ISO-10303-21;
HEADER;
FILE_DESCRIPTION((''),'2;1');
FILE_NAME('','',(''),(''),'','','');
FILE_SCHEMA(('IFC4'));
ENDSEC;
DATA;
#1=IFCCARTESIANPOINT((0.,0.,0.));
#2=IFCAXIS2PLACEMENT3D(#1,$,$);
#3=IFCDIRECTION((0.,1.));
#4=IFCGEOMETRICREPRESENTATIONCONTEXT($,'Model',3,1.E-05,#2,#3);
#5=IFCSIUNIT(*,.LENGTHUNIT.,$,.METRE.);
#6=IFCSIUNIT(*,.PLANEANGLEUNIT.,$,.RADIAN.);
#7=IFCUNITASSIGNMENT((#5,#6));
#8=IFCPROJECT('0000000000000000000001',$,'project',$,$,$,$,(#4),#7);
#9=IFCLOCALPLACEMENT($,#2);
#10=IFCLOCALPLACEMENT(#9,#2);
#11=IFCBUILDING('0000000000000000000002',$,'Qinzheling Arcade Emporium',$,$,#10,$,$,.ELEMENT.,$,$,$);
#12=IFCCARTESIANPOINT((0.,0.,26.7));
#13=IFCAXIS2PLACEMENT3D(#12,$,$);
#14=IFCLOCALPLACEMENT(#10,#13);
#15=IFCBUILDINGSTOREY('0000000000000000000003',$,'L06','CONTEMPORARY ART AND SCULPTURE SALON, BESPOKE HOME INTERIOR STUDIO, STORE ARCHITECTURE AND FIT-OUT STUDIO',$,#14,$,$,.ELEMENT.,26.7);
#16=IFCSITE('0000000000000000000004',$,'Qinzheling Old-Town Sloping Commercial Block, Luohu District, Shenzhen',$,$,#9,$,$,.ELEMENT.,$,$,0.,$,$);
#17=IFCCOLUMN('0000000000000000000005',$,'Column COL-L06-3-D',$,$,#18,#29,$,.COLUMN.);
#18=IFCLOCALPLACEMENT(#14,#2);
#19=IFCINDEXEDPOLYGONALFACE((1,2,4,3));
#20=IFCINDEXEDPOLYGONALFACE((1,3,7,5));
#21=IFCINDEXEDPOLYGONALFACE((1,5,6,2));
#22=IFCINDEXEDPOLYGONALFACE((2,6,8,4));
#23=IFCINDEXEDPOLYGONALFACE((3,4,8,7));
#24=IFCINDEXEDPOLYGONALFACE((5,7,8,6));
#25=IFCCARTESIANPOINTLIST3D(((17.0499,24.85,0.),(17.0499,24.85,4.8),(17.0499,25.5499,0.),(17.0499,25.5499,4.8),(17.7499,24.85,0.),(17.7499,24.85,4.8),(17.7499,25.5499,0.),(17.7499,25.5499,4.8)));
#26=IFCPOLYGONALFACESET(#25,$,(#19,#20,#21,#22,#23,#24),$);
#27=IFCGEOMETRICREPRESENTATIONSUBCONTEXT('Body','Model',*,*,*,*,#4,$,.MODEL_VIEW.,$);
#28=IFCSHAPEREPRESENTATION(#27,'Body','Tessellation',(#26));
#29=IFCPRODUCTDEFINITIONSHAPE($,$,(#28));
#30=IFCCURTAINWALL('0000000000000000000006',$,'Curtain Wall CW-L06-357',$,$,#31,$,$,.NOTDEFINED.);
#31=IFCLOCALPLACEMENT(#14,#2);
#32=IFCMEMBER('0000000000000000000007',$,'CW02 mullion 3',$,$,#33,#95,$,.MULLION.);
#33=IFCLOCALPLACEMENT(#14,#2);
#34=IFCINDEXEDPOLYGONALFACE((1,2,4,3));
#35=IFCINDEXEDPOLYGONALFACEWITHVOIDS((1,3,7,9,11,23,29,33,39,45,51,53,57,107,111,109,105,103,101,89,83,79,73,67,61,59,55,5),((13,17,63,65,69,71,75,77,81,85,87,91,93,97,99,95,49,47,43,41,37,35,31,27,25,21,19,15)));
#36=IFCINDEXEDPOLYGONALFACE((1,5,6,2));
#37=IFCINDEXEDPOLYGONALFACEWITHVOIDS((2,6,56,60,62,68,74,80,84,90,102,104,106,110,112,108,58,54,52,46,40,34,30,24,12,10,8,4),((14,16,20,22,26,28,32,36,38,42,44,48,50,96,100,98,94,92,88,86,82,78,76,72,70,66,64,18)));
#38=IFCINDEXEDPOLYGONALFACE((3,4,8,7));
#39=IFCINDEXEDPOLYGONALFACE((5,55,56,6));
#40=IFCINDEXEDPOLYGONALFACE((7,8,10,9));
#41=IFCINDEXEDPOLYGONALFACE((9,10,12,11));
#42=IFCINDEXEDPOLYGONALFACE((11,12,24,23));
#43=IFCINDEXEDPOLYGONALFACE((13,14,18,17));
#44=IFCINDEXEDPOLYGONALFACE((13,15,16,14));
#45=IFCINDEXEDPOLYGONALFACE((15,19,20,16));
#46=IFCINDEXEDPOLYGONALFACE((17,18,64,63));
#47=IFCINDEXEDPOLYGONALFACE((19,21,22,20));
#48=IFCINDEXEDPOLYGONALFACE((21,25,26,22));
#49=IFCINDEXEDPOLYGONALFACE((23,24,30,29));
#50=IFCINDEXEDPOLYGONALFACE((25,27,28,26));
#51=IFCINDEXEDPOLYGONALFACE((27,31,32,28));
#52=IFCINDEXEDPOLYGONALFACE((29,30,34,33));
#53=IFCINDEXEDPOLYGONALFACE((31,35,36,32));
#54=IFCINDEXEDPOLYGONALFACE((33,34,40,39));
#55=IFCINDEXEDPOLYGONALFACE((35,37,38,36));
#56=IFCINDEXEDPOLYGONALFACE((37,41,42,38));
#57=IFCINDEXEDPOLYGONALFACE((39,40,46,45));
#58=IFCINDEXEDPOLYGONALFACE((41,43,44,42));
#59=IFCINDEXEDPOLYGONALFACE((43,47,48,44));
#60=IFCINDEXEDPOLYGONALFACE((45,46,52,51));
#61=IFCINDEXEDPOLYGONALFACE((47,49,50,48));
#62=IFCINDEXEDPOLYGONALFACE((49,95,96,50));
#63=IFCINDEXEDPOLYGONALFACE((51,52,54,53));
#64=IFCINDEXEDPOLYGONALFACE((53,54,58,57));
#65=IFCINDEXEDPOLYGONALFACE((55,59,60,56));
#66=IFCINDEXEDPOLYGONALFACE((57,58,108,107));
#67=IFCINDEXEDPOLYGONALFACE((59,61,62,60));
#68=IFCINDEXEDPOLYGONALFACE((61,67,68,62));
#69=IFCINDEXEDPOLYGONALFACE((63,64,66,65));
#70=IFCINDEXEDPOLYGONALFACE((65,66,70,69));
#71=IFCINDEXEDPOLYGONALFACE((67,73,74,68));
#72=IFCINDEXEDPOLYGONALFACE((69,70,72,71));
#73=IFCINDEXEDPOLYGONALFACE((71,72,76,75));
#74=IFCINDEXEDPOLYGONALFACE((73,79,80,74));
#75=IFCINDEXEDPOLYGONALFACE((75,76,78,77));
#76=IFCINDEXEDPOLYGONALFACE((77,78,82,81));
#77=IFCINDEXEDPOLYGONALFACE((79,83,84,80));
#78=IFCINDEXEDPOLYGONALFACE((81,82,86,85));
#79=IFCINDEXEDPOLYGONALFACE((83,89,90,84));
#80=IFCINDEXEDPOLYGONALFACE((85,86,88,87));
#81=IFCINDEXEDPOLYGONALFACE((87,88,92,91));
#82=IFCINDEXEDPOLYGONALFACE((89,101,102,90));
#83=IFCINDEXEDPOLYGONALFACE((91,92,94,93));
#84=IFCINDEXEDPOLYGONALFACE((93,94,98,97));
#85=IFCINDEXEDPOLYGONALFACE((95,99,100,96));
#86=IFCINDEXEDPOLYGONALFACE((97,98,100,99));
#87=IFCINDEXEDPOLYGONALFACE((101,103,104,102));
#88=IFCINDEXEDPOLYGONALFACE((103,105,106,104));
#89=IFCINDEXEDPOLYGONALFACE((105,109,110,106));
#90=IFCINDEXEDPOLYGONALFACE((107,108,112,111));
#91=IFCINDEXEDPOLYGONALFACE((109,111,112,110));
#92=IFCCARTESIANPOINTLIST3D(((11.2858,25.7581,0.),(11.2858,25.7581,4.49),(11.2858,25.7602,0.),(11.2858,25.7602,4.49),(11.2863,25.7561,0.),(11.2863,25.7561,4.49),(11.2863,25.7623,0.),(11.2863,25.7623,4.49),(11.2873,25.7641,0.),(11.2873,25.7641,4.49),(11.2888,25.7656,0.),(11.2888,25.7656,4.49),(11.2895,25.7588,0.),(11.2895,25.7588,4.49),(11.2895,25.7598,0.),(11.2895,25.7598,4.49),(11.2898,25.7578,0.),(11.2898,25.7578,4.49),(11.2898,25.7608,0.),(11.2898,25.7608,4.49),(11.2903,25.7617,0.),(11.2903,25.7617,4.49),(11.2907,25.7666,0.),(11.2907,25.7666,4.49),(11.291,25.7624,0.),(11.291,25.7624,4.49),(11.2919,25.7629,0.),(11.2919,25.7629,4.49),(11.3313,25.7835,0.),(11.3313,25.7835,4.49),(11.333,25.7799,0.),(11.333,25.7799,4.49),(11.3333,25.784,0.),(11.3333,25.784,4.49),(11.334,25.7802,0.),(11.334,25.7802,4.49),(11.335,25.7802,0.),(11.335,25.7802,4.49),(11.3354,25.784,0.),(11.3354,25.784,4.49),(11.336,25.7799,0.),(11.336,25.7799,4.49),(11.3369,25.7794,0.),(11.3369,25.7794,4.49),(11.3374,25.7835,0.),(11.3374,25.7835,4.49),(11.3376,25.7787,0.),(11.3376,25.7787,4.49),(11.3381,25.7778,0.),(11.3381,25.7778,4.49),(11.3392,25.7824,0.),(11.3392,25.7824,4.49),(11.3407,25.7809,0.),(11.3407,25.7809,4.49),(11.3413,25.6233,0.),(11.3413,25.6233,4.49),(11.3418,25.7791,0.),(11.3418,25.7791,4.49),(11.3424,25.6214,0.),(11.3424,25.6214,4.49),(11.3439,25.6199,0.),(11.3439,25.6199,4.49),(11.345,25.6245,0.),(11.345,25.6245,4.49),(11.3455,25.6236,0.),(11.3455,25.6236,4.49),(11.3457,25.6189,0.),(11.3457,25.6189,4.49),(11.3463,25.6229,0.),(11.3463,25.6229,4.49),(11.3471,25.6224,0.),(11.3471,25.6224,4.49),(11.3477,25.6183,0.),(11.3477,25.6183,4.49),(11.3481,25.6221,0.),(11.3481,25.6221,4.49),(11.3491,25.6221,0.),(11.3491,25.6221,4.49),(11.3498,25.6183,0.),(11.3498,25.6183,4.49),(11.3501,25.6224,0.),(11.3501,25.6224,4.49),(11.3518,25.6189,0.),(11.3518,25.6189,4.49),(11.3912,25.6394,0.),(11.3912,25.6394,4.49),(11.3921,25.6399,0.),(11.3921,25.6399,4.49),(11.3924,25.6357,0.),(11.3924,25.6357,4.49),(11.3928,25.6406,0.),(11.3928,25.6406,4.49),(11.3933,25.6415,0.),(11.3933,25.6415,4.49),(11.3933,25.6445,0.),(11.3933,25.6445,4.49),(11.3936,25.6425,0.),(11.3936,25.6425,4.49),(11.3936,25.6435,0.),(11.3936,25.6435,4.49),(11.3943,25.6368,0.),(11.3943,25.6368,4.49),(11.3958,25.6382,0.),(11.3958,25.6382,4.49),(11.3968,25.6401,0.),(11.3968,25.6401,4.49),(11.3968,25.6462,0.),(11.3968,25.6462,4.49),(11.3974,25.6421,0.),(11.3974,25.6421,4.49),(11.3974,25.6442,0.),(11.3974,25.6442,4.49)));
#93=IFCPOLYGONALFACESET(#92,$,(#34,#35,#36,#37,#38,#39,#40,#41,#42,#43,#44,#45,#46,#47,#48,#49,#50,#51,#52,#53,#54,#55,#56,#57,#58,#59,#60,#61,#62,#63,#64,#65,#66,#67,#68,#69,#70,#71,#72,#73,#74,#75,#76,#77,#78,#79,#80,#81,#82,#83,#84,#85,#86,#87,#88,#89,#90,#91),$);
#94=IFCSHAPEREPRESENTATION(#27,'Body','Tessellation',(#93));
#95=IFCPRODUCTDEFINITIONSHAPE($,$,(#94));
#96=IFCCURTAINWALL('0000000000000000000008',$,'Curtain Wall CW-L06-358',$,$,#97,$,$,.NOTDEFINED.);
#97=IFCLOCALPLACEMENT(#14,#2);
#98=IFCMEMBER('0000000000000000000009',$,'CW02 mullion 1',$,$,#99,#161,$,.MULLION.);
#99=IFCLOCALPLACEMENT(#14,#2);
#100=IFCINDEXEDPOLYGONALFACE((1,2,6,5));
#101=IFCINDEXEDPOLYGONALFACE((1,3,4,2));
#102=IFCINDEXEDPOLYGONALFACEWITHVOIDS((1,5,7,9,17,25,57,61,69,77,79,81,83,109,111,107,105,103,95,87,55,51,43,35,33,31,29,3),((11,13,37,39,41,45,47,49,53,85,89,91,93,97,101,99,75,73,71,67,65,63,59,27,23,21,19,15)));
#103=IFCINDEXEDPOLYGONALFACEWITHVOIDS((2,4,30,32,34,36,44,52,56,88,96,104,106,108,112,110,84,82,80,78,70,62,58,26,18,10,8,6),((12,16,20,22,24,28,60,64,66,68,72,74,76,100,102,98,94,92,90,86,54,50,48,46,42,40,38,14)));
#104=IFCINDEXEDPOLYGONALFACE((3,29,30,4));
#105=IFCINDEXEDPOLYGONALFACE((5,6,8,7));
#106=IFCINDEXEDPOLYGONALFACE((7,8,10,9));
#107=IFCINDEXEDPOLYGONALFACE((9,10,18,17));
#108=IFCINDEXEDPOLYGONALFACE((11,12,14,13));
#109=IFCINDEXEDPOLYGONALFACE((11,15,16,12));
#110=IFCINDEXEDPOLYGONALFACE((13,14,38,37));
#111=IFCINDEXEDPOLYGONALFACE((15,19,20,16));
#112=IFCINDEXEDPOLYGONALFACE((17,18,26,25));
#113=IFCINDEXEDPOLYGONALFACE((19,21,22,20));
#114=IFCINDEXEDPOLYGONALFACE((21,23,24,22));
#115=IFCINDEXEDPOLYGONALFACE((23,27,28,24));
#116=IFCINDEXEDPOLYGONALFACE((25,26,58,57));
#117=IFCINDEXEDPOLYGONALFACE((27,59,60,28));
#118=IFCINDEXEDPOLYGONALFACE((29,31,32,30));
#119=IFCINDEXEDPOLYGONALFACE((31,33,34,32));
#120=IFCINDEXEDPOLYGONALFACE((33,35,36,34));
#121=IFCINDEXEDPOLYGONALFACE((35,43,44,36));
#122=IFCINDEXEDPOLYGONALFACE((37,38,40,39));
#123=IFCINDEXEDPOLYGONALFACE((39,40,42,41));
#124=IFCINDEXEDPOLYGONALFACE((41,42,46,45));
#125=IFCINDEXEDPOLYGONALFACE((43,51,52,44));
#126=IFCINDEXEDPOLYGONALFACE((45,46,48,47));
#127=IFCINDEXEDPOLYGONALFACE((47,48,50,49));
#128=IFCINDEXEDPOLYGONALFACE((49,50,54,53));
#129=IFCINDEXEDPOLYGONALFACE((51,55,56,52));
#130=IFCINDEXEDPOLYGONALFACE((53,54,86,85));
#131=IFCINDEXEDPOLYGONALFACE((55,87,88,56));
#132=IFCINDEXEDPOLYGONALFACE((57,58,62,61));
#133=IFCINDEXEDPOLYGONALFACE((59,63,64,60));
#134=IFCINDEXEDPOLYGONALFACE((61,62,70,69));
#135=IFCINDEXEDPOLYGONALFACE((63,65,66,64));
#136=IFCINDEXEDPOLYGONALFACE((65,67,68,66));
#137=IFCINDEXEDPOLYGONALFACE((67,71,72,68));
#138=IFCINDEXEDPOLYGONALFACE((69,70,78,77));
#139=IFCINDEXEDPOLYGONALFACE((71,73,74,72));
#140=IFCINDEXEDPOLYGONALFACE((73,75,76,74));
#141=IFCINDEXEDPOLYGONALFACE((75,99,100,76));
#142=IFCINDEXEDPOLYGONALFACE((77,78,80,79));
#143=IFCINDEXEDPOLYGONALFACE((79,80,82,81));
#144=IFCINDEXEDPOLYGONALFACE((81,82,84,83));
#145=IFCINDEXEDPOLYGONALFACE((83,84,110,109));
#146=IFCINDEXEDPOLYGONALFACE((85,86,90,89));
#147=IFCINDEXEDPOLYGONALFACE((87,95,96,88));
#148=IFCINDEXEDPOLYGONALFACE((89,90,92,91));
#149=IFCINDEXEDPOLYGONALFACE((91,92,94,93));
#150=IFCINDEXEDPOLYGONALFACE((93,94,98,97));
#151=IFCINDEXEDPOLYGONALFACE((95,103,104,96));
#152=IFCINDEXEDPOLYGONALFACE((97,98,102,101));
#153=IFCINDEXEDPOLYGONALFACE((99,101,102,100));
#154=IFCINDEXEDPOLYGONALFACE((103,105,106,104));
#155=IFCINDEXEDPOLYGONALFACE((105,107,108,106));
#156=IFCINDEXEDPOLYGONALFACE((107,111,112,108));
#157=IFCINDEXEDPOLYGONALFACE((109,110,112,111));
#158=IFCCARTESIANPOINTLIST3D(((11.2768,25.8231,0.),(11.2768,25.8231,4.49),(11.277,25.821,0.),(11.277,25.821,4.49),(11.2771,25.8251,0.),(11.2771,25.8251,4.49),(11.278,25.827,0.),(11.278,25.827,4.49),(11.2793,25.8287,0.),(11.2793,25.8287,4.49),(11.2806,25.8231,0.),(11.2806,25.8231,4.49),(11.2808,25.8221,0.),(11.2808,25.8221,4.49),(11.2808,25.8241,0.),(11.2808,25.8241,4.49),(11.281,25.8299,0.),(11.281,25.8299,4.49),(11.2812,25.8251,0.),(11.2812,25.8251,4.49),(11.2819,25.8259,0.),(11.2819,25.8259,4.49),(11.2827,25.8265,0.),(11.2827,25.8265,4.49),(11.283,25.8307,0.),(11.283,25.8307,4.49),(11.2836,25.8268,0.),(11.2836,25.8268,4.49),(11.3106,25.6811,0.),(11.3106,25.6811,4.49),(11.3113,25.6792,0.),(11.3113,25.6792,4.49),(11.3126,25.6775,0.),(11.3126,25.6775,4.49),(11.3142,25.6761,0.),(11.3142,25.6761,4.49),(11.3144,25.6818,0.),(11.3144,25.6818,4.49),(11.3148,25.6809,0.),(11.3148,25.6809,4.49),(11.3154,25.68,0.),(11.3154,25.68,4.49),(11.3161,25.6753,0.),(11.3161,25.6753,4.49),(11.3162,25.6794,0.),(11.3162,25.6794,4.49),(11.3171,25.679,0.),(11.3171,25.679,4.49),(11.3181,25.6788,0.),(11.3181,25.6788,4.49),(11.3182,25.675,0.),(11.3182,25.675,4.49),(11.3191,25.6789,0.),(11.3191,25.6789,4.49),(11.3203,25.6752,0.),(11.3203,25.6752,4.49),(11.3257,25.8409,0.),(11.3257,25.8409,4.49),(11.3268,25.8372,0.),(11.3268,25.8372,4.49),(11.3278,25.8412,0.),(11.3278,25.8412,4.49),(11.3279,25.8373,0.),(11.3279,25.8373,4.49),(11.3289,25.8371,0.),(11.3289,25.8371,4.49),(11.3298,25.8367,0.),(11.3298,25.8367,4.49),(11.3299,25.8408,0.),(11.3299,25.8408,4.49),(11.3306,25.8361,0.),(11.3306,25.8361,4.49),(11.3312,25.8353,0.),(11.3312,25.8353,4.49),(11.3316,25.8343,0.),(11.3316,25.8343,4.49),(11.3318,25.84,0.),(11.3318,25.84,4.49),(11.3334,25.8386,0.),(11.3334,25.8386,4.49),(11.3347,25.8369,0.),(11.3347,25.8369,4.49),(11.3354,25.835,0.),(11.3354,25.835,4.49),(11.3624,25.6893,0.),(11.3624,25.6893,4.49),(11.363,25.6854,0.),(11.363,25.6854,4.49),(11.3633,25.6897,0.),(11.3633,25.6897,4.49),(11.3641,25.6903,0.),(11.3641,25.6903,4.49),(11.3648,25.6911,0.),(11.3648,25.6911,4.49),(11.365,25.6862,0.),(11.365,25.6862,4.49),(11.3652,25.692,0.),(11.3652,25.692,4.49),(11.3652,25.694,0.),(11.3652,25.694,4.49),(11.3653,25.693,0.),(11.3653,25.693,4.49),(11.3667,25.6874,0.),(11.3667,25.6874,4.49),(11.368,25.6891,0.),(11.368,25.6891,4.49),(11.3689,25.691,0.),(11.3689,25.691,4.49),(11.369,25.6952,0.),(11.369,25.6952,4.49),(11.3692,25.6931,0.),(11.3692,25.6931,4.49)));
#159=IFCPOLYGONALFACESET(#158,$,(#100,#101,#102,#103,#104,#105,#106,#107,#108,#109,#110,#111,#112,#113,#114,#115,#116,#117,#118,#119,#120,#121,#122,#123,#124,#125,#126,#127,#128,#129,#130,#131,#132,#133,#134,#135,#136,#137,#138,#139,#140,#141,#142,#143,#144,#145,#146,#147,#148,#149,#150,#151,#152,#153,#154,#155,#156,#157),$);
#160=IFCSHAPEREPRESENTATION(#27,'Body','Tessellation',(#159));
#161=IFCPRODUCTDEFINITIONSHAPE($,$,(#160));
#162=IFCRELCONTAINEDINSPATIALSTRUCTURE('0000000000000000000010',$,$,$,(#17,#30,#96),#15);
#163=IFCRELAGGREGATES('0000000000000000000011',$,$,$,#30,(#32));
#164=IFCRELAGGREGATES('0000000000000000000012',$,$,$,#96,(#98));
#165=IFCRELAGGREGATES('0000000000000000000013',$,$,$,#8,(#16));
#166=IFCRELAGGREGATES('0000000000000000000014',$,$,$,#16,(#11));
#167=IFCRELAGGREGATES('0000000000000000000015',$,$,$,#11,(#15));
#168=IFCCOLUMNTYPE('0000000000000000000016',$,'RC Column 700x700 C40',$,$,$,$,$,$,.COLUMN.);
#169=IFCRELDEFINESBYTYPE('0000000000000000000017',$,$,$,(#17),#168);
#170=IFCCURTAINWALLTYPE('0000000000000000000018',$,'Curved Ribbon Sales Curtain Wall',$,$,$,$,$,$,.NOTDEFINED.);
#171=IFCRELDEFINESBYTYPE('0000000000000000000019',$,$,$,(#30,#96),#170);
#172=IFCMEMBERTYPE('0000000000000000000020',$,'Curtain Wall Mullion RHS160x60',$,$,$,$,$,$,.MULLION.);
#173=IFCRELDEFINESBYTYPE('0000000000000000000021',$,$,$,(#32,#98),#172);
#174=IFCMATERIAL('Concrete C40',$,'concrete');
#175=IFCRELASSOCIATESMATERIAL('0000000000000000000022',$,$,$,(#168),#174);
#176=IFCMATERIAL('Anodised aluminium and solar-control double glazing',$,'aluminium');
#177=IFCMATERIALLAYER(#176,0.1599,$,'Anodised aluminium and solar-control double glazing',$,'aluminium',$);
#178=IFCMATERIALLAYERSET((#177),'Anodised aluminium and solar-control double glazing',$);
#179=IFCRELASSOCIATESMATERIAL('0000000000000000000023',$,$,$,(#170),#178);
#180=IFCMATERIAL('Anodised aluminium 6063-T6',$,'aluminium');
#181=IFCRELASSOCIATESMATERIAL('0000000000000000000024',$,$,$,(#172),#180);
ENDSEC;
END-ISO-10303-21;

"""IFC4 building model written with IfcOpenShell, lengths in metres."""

from ifc_helpers import new_model, si_unit, direction, frame, origin, origin_2d, place, context, subcontext, project, spatial, rectangle, hollow_rectangle, extrude, material, layer, layer_set, material_profile, profile_set, type_object, element, aggregate, save


model = new_model("IFC4")

# Units and contexts
model_context = context("Model", 3, precision=1e-05, world=origin(), true_north=direction((0.0, 1.0)))
body_context = subcontext(model_context, "Body", "Model", "MODEL_VIEW")
ifc_project = project(units=[si_unit("LENGTHUNIT", "METRE"), si_unit("PLANEANGLEUNIT", "RADIAN")], contexts=[model_context])

# Site, building, storey
site_placement = place(None, origin())
site = spatial("IfcSite", under=ifc_project, at=site_placement, Name="Qinzheling Old-Town Sloping Commercial Block, Luohu District, Shenzhen", CompositionType="ELEMENT", RefElevation=0.0)
building_placement = place(site_placement, origin())
building = spatial("IfcBuilding", under=site, at=building_placement, Name="Qinzheling Arcade Emporium", CompositionType="ELEMENT")
storey_placement = place(building_placement, frame((0.0, 0.0, 26.7)))
storey = spatial("IfcBuildingStorey", under=building, at=storey_placement, Name="L06", Description="CONTEMPORARY ART AND SCULPTURE SALON, BESPOKE HOME INTERIOR STUDIO, STORE ARCHITECTURE AND FIT-OUT STUDIO", CompositionType="ELEMENT", Elevation=26.7)

# Column
ifc_material_1 = material(Name="Concrete C40", Category="concrete")
ifc_material_profile_1 = material_profile(ifc_material_1, rectangle(XDim=0.7, YDim=0.7, at=origin_2d()), Name="RC 700x700", Category="concrete")
ifc_profile_set_1 = profile_set([ifc_material_profile_1], Name="Concrete C40")
column_type = type_object("IfcColumnType", Name="RC Column 700x700 C40", PredefinedType="COLUMN", material=ifc_profile_set_1)
column_placement = place(storey_placement, frame((17.3999, 25.2, 0.0), z_axis=(0.0, 0.0, 1.0), x_axis=(1.0, 0.0, 0.0)))
element("IfcColumn", 1, at=column_placement, inside=storey, type_object=column_type, Name="Column COL-L06-3-D", PredefinedType="COLUMN", context=body_context, shape_type="SweptSolid", body=[
    extrude(rectangle(XDim=0.7, YDim=0.7, at=origin_2d()), origin(), (0.0, 0.0, 1.0), 4.8),
])

# Curtain wall, member
ifc_material_2 = material(Name="Anodised aluminium and solar-control double glazing", Category="aluminium")
ifc_layer_1 = layer(ifc_material_2, 0.1599, Name="Anodised aluminium and solar-control double glazing", Category="aluminium")
ifc_layer_set_1 = layer_set([ifc_layer_1], Name="Anodised aluminium and solar-control double glazing")
curtain_wall_type = type_object("IfcCurtainWallType", Name="Curved Ribbon Sales Curtain Wall", PredefinedType="NOTDEFINED", material=ifc_layer_set_1)
curtain_wall_1_placement = place(storey_placement, origin())
curtain_wall_1 = element("IfcCurtainWall", 2, at=curtain_wall_1_placement, inside=storey, type_object=curtain_wall_type, Name="Curtain Wall CW-L06-357", PredefinedType="NOTDEFINED")
ifc_material_3 = material(Name="Anodised aluminium 6063-T6", Category="aluminium")
ifc_material_profile_2 = material_profile(ifc_material_3, hollow_rectangle(XDim=0.0601, YDim=0.1599, WallThickness=0.0039, InnerFilletRadius=0.0039, OuterFilletRadius=0.0081, at=origin_2d()), Name="RHS 160x60x4", Category="aluminium")
ifc_profile_set_2 = profile_set([ifc_material_profile_2], Name="Anodised aluminium 6063-T6")
member_type_1 = type_object("IfcMemberType", Name="Curtain Wall Mullion RHS160x60", PredefinedType="MULLION", material=ifc_profile_set_2)
member_1_placement = place(storey_placement, frame((11.3416, 25.7012, 0.0), z_axis=(0.0, 0.0, 1.0), x_axis=(-0.923898, -0.382638, 0.0)))
member_1 = element("IfcMember", 3, at=member_1_placement, type_object=member_type_1, Name="CW02 mullion 3", PredefinedType="MULLION", context=body_context, shape_type="SweptSolid", body=[
    extrude(hollow_rectangle(XDim=0.0601, YDim=0.1599, WallThickness=0.0039, InnerFilletRadius=0.0039, OuterFilletRadius=0.0081, at=origin_2d()), origin(), (0.0, 0.0, 1.0), 4.49),
])

# Curtain wall, member
curtain_wall_2_placement = place(storey_placement, origin())
curtain_wall_2 = element("IfcCurtainWall", 4, at=curtain_wall_2_placement, inside=storey, type_object=curtain_wall_type, Name="Curtain Wall CW-L06-358", PredefinedType="NOTDEFINED")
member_2_placement = place(storey_placement, frame((11.323, 25.7581, 0.0), z_axis=(0.0, 0.0, 1.0), x_axis=(-0.972369, -0.233449, 0.0)))
member_2 = element("IfcMember", 5, at=member_2_placement, type_object=member_type_1, Name="CW02 mullion 1", PredefinedType="MULLION", context=body_context, shape_type="SweptSolid", body=[
    extrude(hollow_rectangle(XDim=0.0601, YDim=0.1599, WallThickness=0.0039, InnerFilletRadius=0.0039, OuterFilletRadius=0.0081, at=origin_2d()), origin(), (0.0, 0.0, 1.0), 4.49),
])

aggregate(curtain_wall_1, [member_1])
aggregate(curtain_wall_2, [member_2])

save(model, "model.ifc")
